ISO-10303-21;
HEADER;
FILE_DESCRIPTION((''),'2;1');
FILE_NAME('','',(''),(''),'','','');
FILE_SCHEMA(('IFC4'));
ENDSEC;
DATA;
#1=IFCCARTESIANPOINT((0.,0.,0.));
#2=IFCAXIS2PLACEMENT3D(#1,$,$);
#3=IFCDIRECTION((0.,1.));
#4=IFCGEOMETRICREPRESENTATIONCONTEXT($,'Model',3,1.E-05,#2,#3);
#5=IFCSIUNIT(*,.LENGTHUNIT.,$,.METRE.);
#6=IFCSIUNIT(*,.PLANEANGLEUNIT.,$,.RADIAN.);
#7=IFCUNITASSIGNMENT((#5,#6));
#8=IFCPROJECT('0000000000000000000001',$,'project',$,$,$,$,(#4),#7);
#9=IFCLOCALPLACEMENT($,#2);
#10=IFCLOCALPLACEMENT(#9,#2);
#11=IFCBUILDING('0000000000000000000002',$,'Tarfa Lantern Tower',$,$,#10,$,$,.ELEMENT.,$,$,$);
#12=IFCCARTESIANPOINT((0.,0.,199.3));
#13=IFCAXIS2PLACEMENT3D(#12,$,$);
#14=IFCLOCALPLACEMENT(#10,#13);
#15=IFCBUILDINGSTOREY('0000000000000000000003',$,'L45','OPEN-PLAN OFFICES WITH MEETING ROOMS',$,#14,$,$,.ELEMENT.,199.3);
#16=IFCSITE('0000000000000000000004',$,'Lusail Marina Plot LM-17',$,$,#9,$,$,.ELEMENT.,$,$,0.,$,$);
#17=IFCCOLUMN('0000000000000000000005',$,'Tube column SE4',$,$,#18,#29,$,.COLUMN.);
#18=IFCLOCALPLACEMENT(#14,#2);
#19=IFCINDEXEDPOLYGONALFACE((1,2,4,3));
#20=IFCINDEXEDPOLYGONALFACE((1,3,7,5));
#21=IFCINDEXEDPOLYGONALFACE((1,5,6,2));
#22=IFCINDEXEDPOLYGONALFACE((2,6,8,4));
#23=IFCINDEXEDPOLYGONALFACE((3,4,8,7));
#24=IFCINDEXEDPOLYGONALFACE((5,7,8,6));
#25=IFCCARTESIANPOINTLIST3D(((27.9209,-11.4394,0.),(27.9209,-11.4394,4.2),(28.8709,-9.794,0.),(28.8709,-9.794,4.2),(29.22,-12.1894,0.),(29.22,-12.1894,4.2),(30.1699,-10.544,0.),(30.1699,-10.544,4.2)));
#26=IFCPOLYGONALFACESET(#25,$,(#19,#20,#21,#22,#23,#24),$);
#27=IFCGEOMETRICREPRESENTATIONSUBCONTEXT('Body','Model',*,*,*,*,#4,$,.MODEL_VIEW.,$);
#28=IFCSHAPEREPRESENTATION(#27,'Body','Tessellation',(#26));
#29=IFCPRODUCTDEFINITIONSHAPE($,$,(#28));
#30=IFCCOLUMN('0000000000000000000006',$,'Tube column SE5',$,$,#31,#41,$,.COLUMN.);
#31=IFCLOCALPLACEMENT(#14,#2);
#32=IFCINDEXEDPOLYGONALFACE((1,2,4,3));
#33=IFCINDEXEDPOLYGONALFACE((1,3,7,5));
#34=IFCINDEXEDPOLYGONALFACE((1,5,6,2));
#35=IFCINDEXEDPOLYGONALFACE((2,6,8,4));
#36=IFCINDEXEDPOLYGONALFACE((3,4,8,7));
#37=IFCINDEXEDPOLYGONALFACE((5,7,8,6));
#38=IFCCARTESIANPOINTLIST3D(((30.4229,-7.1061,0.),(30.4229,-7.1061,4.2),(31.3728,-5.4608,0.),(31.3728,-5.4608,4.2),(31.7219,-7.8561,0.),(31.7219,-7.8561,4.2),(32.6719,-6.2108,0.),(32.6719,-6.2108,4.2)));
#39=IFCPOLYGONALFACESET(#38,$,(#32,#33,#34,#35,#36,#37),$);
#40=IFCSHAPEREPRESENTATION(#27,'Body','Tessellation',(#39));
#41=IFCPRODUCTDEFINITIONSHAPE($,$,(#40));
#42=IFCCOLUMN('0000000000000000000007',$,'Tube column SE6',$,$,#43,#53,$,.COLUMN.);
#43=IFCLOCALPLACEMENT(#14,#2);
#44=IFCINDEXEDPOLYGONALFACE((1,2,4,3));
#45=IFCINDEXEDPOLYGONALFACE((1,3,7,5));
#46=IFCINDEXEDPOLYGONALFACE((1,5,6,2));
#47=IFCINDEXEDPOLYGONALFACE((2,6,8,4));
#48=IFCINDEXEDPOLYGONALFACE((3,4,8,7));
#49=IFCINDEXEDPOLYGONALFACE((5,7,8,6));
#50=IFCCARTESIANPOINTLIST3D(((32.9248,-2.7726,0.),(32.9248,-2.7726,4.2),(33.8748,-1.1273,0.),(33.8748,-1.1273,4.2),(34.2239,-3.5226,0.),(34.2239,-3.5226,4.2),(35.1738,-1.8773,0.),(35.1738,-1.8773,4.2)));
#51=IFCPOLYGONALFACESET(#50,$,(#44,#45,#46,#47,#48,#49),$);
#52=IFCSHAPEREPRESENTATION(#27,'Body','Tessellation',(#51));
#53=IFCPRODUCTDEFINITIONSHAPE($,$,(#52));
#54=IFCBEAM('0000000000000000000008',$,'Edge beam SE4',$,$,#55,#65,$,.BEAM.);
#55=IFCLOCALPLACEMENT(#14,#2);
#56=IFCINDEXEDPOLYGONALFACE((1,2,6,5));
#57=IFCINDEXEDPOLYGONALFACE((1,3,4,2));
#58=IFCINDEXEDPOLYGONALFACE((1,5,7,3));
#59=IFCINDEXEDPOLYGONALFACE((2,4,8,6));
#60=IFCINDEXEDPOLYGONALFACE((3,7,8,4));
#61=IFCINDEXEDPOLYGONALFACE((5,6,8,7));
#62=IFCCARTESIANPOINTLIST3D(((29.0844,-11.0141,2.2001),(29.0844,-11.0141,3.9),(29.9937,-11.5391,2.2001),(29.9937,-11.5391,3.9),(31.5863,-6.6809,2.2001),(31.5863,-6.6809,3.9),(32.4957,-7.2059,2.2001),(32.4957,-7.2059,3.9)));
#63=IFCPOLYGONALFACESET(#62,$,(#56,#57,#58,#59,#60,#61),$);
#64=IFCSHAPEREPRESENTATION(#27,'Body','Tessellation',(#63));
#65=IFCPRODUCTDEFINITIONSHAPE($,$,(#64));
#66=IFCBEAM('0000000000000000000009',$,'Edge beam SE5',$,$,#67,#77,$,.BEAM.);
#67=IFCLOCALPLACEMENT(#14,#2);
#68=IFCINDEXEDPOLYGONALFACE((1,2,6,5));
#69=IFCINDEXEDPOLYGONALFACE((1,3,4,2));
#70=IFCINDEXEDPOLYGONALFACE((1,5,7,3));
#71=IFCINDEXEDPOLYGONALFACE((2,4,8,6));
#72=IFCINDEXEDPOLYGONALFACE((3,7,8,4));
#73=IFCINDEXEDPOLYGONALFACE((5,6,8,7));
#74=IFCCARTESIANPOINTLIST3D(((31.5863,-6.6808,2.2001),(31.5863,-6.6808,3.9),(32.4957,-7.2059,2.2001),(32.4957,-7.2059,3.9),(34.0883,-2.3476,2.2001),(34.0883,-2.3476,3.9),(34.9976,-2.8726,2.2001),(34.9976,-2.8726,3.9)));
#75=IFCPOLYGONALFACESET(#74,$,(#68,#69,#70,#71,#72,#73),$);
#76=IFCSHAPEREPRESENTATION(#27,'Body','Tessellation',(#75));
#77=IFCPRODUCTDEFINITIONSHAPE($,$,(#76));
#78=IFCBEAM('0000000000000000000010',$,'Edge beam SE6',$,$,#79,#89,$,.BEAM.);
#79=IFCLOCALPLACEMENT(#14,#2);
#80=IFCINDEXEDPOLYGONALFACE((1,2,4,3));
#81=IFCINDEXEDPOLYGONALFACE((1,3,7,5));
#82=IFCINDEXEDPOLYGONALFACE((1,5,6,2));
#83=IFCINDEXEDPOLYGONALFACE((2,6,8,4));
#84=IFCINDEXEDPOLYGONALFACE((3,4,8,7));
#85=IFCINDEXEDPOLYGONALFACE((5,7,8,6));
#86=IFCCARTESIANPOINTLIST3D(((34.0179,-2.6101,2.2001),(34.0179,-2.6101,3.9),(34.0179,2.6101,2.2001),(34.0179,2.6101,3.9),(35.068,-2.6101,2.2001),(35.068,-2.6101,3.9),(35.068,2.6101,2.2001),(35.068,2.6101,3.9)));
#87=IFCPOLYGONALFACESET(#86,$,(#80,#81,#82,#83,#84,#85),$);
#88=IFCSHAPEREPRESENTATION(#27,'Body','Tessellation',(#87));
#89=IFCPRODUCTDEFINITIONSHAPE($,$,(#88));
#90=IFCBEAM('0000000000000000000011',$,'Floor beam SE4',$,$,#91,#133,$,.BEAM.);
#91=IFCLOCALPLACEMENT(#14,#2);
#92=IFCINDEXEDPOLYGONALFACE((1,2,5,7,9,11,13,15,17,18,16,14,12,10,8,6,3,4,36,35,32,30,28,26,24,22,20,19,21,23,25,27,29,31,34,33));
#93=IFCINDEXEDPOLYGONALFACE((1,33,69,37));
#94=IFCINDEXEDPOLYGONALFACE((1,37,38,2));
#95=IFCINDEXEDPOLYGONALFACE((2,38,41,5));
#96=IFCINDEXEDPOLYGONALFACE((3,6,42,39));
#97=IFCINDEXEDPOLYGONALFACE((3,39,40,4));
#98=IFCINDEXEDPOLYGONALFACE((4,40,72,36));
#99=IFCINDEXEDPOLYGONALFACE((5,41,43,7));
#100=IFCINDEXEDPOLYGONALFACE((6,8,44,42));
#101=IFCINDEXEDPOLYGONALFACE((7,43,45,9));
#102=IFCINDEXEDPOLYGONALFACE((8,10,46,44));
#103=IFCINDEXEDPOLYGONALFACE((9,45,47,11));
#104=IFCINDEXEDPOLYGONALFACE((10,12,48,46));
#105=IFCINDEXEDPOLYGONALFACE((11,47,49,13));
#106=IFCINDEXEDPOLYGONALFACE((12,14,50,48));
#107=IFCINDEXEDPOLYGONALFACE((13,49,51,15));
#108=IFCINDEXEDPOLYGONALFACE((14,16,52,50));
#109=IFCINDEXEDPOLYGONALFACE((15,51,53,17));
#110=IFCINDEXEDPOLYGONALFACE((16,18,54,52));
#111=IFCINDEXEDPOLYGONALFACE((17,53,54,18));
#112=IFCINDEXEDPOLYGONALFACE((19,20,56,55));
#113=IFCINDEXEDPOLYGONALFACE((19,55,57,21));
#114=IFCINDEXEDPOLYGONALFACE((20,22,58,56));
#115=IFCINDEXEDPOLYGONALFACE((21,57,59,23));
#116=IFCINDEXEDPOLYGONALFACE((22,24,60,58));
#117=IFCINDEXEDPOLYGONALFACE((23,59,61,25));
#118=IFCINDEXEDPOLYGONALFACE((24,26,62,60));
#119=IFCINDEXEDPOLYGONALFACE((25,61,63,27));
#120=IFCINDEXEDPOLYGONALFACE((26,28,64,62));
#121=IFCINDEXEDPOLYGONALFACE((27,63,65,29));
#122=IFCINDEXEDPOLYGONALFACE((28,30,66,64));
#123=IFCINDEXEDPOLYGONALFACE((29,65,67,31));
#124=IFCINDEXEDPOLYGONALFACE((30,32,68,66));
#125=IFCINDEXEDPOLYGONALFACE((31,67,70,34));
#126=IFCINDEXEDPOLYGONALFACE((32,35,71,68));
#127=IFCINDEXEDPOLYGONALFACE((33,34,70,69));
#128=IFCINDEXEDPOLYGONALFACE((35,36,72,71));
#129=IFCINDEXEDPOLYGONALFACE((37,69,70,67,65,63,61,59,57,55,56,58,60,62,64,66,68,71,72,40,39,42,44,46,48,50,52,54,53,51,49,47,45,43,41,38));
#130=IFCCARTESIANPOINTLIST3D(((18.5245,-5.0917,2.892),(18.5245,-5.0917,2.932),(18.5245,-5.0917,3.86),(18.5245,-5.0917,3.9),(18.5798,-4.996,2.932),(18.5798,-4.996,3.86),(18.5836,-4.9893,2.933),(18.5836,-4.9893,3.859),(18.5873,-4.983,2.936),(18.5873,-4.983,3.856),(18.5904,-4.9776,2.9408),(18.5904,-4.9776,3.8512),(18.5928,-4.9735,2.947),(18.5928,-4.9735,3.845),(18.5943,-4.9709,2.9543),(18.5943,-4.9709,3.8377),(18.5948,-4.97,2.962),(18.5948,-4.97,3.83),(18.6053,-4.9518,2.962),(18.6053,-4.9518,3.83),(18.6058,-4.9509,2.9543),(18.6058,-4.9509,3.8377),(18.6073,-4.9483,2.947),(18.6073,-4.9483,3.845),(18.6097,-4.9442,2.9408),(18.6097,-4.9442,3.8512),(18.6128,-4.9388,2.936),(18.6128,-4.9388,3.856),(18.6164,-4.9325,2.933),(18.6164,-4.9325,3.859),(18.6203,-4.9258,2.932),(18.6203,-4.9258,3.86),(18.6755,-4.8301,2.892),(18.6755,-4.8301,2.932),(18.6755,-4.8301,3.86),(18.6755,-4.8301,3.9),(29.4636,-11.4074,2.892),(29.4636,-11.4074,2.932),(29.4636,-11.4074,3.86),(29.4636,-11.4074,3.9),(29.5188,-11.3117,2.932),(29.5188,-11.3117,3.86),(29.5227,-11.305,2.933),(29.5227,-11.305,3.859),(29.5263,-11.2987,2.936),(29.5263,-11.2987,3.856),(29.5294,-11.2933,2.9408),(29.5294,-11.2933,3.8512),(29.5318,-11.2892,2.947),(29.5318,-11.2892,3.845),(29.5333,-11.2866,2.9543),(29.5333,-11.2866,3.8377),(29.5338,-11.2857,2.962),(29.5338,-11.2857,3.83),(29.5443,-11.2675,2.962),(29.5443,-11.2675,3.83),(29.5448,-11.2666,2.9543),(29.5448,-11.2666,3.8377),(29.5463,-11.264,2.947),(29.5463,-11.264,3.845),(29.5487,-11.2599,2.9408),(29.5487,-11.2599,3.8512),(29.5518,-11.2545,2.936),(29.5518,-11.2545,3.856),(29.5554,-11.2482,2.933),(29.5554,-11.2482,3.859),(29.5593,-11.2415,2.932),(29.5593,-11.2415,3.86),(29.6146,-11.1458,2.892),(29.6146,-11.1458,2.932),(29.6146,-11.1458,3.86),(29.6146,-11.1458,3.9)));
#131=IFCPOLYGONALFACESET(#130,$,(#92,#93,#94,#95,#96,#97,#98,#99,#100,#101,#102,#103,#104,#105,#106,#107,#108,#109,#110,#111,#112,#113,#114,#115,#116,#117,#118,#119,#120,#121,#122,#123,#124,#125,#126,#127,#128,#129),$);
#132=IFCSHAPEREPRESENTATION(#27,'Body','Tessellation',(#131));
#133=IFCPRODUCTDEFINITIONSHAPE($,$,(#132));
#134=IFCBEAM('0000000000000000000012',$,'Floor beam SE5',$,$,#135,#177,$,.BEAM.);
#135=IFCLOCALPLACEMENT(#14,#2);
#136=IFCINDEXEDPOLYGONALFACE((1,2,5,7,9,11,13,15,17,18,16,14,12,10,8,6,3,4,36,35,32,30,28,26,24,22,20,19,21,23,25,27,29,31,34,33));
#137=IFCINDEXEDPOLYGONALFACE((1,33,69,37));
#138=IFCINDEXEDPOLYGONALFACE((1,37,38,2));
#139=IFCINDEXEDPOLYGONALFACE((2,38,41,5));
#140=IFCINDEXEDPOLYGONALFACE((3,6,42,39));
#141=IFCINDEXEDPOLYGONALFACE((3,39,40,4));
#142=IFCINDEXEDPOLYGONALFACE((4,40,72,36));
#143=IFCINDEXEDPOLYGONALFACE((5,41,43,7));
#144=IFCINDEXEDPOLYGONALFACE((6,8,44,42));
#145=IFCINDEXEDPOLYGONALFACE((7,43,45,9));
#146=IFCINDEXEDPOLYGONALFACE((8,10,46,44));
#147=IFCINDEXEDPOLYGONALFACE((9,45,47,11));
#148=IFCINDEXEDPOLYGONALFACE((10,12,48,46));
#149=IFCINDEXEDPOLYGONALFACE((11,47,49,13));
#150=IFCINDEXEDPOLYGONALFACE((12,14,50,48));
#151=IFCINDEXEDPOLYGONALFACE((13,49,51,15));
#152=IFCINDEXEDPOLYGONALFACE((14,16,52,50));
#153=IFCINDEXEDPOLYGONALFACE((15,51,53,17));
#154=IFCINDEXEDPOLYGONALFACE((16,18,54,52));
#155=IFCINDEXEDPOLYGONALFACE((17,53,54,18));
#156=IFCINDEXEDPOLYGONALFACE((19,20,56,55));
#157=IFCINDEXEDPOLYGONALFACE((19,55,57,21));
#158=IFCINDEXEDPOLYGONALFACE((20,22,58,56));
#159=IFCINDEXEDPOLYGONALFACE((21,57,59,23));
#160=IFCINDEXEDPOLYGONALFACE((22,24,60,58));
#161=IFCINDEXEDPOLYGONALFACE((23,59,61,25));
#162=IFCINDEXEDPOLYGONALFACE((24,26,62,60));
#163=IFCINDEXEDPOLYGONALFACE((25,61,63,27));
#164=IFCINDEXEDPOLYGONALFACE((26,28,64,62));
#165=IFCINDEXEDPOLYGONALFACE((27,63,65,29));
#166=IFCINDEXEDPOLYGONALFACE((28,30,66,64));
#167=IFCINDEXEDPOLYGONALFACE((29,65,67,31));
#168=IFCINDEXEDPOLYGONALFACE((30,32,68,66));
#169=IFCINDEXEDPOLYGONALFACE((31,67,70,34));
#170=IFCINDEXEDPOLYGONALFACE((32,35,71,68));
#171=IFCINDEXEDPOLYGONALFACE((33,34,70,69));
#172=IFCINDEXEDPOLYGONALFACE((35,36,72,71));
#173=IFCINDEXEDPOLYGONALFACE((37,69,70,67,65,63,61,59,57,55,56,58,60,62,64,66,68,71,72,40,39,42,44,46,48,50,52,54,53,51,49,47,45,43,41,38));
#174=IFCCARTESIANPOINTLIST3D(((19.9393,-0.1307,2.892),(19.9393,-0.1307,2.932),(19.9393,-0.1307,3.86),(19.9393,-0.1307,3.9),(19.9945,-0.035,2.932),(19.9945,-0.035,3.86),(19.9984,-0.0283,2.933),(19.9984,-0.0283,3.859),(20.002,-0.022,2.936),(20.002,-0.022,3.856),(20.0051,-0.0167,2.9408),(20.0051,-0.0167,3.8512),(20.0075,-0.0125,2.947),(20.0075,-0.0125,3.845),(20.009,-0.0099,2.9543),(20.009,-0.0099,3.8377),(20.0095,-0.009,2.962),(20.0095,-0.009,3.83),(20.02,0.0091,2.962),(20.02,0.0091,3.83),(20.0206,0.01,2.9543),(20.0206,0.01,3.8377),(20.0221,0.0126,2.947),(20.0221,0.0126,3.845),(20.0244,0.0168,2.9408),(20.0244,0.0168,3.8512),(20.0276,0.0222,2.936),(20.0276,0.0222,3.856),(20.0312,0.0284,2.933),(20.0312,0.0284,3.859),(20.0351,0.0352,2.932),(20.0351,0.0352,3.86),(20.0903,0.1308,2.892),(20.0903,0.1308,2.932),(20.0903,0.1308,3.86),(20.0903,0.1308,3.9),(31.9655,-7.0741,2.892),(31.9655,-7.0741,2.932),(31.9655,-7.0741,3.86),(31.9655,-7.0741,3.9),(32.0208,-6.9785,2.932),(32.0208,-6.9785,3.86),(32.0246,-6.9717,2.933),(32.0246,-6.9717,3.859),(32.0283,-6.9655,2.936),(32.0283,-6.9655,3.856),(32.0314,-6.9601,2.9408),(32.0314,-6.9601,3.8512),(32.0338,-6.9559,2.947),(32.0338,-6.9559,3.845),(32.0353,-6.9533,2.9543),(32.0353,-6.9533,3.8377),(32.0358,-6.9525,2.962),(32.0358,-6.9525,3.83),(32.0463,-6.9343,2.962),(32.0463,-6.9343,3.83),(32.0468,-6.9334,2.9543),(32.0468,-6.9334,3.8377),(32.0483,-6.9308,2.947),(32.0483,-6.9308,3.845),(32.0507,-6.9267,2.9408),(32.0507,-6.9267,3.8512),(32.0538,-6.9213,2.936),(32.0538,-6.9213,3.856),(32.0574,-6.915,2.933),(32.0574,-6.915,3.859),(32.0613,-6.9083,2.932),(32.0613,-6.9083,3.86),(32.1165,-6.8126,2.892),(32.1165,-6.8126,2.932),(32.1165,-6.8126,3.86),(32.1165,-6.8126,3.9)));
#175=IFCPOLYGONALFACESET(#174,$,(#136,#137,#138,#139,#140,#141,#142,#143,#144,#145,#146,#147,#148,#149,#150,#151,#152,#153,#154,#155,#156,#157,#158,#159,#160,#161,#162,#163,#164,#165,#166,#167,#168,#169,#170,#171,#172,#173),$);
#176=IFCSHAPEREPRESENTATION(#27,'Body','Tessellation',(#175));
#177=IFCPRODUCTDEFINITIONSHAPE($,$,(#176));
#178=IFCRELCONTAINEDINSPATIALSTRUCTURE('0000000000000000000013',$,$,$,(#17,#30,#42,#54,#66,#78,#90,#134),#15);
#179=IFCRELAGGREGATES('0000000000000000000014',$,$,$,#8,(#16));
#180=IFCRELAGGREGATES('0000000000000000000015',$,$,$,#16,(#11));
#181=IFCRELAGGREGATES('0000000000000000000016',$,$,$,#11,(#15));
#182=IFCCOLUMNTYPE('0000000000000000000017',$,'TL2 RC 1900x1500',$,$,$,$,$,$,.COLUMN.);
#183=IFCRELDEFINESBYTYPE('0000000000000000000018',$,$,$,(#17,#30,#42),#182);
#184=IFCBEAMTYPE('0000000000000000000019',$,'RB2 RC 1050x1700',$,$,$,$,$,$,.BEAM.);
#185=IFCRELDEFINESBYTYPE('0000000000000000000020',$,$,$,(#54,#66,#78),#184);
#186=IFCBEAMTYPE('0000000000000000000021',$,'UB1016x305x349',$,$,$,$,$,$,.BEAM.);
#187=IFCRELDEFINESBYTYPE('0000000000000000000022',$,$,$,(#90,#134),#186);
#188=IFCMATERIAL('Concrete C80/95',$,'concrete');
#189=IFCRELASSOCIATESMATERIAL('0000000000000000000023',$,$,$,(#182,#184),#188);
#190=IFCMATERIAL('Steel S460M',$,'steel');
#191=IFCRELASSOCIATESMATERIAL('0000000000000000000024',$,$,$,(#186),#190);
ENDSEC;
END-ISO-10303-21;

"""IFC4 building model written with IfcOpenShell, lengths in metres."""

from ifc_helpers import new_model, si_unit, direction, frame, origin, origin_2d, place, context, subcontext, project, spatial, rectangle, i_section, extrude, material, material_profile, profile_set, type_object, element, save


model = new_model("IFC4")

# Units and contexts
model_context = context("Model", 3, precision=1e-05, world=origin(), true_north=direction((0.0, 1.0)))
body_context = subcontext(model_context, "Body", "Model", "MODEL_VIEW")
ifc_project = project(units=[si_unit("LENGTHUNIT", "METRE"), si_unit("PLANEANGLEUNIT", "RADIAN")], contexts=[model_context])

# Site, building, storey
site_placement = place(None, origin())
site = spatial("IfcSite", under=ifc_project, at=site_placement, Name="Lusail Marina Plot LM-17", CompositionType="ELEMENT", RefElevation=0.0)
building_placement = place(site_placement, origin())
building = spatial("IfcBuilding", under=site, at=building_placement, Name="Tarfa Lantern Tower", CompositionType="ELEMENT")
storey_placement = place(building_placement, frame((0.0, 0.0, 199.3)))
storey = spatial("IfcBuildingStorey", under=building, at=storey_placement, Name="L45", Description="OPEN-PLAN OFFICES WITH MEETING ROOMS", CompositionType="ELEMENT", Elevation=199.3)

# Columns
ifc_material_1 = material(Name="Concrete C80/95", Category="concrete")
ifc_material_profile_1 = material_profile(ifc_material_1, rectangle(XDim=1.8999, YDim=1.5, at=origin_2d()), Name="RC 1900x1500")
ifc_profile_set_1 = profile_set([ifc_material_profile_1], Name="Concrete C80/95")
column_type = type_object("IfcColumnType", Name="TL2 RC 1900x1500", PredefinedType="COLUMN", material=ifc_profile_set_1)
for number, where, z_axis, x_axis, name in (
    (1, (29.0454, -10.9917, 0.0), (0.0, 0.0, 1.0), (0.5, 0.866025, 0.0), "Tube column SE4"),
    (2, (31.5474, -6.6584, 0.0), (0.0, 0.0, 1.0), (0.5, 0.866025, 0.0), "Tube column SE5"),
    (3, (34.0493, -2.325, 0.0), (0.0, 0.0, 1.0), (0.5, 0.866025, 0.0), "Tube column SE6"),
):
    element("IfcColumn", number, at=place(storey_placement, frame(where, z_axis=z_axis, x_axis=x_axis)), inside=storey, type_object=column_type, Name=name, PredefinedType="COLUMN", context=body_context, shape_type="SweptSolid", body=[
        extrude(rectangle(XDim=1.8999, YDim=1.5, at=origin_2d()), origin(), (0.0, 0.0, 1.0), 4.2),
    ])

# Beams
ifc_material_profile_2 = material_profile(ifc_material_1, rectangle(XDim=1.05, YDim=1.7, at=origin_2d()), Name="RC 1050x1700")
ifc_profile_set_2 = profile_set([ifc_material_profile_2], Name="Concrete C80/95")
beam_type_1 = type_object("IfcBeamType", Name="RB2 RC 1050x1700", PredefinedType="BEAM", material=ifc_profile_set_2)
for number, where, z_axis, x_axis, name in (
    (4, (29.5391, -11.2766, 3.05), (0.500022, 0.866013, 0.0), (-0.866013, 0.500022, 0.0), "Edge beam SE4"),
    (5, (32.041, -6.9434, 3.05), (0.500022, 0.866013, 0.0), (-0.866013, 0.500022, 0.0), "Edge beam SE5"),
):
    element("IfcBeam", number, at=place(storey_placement, frame(where, z_axis=z_axis, x_axis=x_axis)), inside=storey, type_object=beam_type_1, Name=name, PredefinedType="BEAM", context=body_context, shape_type="SweptSolid", body=[
        extrude(rectangle(XDim=1.05, YDim=1.7, at=origin_2d()), origin(), (0.0, 0.0, 1.0), 5.0037),
    ])
beam_1_placement = place(storey_placement, frame((34.543, -2.6101, 3.05), z_axis=(0.0, 1.0, 0.0), x_axis=(-1.0, 0.0, 0.0)))
element("IfcBeam", 6, at=beam_1_placement, inside=storey, type_object=beam_type_1, Name="Edge beam SE6", PredefinedType="BEAM", context=body_context, shape_type="SweptSolid", body=[
    extrude(rectangle(XDim=1.05, YDim=1.7, at=origin_2d()), origin(), (0.0, 0.0, 1.0), 5.2202),
])
ifc_material_2 = material(Name="Steel S460M", Category="steel")
ifc_material_profile_3 = material_profile(ifc_material_2, i_section(OverallWidth=0.302, OverallDepth=1.0081, WebThickness=0.021, FlangeThickness=0.04, FilletRadius=0.03, at=origin_2d()), Name="UB1016x305x349")
ifc_profile_set_3 = profile_set([ifc_material_profile_3], Name="Steel S460M")
beam_type_2 = type_object("IfcBeamType", Name="UB1016x305x349", PredefinedType="BEAM", material=ifc_profile_set_3)
beam_2_placement = place(storey_placement, frame((29.5391, -11.2766, 3.396), z_axis=(-0.866023, 0.500004, 0.0), x_axis=(-0.500004, -0.866023, 0.0)))
element("IfcBeam", 7, at=beam_2_placement, inside=storey, type_object=beam_type_2, Name="Floor beam SE4", PredefinedType="BEAM", context=body_context, shape_type="SweptSolid", body=[
    extrude(i_section(OverallWidth=0.302, OverallDepth=1.0081, WebThickness=0.021, FlangeThickness=0.04, FilletRadius=0.03, at=origin_2d()), origin(), (0.0, 0.0, 1.0), 12.6313),
])
beam_3_placement = place(storey_placement, frame((32.041, -6.9434, 3.396), z_axis=(-0.866023, 0.500004, 0.0), x_axis=(-0.500004, -0.866023, 0.0)))
element("IfcBeam", 8, at=beam_3_placement, inside=storey, type_object=beam_type_2, Name="Floor beam SE5", PredefinedType="BEAM", context=body_context, shape_type="SweptSolid", body=[
    extrude(i_section(OverallWidth=0.302, OverallDepth=1.0081, WebThickness=0.021, FlangeThickness=0.04, FilletRadius=0.03, at=origin_2d()), origin(), (0.0, 0.0, 1.0), 13.8867),
])

save(model, "model.ifc")
